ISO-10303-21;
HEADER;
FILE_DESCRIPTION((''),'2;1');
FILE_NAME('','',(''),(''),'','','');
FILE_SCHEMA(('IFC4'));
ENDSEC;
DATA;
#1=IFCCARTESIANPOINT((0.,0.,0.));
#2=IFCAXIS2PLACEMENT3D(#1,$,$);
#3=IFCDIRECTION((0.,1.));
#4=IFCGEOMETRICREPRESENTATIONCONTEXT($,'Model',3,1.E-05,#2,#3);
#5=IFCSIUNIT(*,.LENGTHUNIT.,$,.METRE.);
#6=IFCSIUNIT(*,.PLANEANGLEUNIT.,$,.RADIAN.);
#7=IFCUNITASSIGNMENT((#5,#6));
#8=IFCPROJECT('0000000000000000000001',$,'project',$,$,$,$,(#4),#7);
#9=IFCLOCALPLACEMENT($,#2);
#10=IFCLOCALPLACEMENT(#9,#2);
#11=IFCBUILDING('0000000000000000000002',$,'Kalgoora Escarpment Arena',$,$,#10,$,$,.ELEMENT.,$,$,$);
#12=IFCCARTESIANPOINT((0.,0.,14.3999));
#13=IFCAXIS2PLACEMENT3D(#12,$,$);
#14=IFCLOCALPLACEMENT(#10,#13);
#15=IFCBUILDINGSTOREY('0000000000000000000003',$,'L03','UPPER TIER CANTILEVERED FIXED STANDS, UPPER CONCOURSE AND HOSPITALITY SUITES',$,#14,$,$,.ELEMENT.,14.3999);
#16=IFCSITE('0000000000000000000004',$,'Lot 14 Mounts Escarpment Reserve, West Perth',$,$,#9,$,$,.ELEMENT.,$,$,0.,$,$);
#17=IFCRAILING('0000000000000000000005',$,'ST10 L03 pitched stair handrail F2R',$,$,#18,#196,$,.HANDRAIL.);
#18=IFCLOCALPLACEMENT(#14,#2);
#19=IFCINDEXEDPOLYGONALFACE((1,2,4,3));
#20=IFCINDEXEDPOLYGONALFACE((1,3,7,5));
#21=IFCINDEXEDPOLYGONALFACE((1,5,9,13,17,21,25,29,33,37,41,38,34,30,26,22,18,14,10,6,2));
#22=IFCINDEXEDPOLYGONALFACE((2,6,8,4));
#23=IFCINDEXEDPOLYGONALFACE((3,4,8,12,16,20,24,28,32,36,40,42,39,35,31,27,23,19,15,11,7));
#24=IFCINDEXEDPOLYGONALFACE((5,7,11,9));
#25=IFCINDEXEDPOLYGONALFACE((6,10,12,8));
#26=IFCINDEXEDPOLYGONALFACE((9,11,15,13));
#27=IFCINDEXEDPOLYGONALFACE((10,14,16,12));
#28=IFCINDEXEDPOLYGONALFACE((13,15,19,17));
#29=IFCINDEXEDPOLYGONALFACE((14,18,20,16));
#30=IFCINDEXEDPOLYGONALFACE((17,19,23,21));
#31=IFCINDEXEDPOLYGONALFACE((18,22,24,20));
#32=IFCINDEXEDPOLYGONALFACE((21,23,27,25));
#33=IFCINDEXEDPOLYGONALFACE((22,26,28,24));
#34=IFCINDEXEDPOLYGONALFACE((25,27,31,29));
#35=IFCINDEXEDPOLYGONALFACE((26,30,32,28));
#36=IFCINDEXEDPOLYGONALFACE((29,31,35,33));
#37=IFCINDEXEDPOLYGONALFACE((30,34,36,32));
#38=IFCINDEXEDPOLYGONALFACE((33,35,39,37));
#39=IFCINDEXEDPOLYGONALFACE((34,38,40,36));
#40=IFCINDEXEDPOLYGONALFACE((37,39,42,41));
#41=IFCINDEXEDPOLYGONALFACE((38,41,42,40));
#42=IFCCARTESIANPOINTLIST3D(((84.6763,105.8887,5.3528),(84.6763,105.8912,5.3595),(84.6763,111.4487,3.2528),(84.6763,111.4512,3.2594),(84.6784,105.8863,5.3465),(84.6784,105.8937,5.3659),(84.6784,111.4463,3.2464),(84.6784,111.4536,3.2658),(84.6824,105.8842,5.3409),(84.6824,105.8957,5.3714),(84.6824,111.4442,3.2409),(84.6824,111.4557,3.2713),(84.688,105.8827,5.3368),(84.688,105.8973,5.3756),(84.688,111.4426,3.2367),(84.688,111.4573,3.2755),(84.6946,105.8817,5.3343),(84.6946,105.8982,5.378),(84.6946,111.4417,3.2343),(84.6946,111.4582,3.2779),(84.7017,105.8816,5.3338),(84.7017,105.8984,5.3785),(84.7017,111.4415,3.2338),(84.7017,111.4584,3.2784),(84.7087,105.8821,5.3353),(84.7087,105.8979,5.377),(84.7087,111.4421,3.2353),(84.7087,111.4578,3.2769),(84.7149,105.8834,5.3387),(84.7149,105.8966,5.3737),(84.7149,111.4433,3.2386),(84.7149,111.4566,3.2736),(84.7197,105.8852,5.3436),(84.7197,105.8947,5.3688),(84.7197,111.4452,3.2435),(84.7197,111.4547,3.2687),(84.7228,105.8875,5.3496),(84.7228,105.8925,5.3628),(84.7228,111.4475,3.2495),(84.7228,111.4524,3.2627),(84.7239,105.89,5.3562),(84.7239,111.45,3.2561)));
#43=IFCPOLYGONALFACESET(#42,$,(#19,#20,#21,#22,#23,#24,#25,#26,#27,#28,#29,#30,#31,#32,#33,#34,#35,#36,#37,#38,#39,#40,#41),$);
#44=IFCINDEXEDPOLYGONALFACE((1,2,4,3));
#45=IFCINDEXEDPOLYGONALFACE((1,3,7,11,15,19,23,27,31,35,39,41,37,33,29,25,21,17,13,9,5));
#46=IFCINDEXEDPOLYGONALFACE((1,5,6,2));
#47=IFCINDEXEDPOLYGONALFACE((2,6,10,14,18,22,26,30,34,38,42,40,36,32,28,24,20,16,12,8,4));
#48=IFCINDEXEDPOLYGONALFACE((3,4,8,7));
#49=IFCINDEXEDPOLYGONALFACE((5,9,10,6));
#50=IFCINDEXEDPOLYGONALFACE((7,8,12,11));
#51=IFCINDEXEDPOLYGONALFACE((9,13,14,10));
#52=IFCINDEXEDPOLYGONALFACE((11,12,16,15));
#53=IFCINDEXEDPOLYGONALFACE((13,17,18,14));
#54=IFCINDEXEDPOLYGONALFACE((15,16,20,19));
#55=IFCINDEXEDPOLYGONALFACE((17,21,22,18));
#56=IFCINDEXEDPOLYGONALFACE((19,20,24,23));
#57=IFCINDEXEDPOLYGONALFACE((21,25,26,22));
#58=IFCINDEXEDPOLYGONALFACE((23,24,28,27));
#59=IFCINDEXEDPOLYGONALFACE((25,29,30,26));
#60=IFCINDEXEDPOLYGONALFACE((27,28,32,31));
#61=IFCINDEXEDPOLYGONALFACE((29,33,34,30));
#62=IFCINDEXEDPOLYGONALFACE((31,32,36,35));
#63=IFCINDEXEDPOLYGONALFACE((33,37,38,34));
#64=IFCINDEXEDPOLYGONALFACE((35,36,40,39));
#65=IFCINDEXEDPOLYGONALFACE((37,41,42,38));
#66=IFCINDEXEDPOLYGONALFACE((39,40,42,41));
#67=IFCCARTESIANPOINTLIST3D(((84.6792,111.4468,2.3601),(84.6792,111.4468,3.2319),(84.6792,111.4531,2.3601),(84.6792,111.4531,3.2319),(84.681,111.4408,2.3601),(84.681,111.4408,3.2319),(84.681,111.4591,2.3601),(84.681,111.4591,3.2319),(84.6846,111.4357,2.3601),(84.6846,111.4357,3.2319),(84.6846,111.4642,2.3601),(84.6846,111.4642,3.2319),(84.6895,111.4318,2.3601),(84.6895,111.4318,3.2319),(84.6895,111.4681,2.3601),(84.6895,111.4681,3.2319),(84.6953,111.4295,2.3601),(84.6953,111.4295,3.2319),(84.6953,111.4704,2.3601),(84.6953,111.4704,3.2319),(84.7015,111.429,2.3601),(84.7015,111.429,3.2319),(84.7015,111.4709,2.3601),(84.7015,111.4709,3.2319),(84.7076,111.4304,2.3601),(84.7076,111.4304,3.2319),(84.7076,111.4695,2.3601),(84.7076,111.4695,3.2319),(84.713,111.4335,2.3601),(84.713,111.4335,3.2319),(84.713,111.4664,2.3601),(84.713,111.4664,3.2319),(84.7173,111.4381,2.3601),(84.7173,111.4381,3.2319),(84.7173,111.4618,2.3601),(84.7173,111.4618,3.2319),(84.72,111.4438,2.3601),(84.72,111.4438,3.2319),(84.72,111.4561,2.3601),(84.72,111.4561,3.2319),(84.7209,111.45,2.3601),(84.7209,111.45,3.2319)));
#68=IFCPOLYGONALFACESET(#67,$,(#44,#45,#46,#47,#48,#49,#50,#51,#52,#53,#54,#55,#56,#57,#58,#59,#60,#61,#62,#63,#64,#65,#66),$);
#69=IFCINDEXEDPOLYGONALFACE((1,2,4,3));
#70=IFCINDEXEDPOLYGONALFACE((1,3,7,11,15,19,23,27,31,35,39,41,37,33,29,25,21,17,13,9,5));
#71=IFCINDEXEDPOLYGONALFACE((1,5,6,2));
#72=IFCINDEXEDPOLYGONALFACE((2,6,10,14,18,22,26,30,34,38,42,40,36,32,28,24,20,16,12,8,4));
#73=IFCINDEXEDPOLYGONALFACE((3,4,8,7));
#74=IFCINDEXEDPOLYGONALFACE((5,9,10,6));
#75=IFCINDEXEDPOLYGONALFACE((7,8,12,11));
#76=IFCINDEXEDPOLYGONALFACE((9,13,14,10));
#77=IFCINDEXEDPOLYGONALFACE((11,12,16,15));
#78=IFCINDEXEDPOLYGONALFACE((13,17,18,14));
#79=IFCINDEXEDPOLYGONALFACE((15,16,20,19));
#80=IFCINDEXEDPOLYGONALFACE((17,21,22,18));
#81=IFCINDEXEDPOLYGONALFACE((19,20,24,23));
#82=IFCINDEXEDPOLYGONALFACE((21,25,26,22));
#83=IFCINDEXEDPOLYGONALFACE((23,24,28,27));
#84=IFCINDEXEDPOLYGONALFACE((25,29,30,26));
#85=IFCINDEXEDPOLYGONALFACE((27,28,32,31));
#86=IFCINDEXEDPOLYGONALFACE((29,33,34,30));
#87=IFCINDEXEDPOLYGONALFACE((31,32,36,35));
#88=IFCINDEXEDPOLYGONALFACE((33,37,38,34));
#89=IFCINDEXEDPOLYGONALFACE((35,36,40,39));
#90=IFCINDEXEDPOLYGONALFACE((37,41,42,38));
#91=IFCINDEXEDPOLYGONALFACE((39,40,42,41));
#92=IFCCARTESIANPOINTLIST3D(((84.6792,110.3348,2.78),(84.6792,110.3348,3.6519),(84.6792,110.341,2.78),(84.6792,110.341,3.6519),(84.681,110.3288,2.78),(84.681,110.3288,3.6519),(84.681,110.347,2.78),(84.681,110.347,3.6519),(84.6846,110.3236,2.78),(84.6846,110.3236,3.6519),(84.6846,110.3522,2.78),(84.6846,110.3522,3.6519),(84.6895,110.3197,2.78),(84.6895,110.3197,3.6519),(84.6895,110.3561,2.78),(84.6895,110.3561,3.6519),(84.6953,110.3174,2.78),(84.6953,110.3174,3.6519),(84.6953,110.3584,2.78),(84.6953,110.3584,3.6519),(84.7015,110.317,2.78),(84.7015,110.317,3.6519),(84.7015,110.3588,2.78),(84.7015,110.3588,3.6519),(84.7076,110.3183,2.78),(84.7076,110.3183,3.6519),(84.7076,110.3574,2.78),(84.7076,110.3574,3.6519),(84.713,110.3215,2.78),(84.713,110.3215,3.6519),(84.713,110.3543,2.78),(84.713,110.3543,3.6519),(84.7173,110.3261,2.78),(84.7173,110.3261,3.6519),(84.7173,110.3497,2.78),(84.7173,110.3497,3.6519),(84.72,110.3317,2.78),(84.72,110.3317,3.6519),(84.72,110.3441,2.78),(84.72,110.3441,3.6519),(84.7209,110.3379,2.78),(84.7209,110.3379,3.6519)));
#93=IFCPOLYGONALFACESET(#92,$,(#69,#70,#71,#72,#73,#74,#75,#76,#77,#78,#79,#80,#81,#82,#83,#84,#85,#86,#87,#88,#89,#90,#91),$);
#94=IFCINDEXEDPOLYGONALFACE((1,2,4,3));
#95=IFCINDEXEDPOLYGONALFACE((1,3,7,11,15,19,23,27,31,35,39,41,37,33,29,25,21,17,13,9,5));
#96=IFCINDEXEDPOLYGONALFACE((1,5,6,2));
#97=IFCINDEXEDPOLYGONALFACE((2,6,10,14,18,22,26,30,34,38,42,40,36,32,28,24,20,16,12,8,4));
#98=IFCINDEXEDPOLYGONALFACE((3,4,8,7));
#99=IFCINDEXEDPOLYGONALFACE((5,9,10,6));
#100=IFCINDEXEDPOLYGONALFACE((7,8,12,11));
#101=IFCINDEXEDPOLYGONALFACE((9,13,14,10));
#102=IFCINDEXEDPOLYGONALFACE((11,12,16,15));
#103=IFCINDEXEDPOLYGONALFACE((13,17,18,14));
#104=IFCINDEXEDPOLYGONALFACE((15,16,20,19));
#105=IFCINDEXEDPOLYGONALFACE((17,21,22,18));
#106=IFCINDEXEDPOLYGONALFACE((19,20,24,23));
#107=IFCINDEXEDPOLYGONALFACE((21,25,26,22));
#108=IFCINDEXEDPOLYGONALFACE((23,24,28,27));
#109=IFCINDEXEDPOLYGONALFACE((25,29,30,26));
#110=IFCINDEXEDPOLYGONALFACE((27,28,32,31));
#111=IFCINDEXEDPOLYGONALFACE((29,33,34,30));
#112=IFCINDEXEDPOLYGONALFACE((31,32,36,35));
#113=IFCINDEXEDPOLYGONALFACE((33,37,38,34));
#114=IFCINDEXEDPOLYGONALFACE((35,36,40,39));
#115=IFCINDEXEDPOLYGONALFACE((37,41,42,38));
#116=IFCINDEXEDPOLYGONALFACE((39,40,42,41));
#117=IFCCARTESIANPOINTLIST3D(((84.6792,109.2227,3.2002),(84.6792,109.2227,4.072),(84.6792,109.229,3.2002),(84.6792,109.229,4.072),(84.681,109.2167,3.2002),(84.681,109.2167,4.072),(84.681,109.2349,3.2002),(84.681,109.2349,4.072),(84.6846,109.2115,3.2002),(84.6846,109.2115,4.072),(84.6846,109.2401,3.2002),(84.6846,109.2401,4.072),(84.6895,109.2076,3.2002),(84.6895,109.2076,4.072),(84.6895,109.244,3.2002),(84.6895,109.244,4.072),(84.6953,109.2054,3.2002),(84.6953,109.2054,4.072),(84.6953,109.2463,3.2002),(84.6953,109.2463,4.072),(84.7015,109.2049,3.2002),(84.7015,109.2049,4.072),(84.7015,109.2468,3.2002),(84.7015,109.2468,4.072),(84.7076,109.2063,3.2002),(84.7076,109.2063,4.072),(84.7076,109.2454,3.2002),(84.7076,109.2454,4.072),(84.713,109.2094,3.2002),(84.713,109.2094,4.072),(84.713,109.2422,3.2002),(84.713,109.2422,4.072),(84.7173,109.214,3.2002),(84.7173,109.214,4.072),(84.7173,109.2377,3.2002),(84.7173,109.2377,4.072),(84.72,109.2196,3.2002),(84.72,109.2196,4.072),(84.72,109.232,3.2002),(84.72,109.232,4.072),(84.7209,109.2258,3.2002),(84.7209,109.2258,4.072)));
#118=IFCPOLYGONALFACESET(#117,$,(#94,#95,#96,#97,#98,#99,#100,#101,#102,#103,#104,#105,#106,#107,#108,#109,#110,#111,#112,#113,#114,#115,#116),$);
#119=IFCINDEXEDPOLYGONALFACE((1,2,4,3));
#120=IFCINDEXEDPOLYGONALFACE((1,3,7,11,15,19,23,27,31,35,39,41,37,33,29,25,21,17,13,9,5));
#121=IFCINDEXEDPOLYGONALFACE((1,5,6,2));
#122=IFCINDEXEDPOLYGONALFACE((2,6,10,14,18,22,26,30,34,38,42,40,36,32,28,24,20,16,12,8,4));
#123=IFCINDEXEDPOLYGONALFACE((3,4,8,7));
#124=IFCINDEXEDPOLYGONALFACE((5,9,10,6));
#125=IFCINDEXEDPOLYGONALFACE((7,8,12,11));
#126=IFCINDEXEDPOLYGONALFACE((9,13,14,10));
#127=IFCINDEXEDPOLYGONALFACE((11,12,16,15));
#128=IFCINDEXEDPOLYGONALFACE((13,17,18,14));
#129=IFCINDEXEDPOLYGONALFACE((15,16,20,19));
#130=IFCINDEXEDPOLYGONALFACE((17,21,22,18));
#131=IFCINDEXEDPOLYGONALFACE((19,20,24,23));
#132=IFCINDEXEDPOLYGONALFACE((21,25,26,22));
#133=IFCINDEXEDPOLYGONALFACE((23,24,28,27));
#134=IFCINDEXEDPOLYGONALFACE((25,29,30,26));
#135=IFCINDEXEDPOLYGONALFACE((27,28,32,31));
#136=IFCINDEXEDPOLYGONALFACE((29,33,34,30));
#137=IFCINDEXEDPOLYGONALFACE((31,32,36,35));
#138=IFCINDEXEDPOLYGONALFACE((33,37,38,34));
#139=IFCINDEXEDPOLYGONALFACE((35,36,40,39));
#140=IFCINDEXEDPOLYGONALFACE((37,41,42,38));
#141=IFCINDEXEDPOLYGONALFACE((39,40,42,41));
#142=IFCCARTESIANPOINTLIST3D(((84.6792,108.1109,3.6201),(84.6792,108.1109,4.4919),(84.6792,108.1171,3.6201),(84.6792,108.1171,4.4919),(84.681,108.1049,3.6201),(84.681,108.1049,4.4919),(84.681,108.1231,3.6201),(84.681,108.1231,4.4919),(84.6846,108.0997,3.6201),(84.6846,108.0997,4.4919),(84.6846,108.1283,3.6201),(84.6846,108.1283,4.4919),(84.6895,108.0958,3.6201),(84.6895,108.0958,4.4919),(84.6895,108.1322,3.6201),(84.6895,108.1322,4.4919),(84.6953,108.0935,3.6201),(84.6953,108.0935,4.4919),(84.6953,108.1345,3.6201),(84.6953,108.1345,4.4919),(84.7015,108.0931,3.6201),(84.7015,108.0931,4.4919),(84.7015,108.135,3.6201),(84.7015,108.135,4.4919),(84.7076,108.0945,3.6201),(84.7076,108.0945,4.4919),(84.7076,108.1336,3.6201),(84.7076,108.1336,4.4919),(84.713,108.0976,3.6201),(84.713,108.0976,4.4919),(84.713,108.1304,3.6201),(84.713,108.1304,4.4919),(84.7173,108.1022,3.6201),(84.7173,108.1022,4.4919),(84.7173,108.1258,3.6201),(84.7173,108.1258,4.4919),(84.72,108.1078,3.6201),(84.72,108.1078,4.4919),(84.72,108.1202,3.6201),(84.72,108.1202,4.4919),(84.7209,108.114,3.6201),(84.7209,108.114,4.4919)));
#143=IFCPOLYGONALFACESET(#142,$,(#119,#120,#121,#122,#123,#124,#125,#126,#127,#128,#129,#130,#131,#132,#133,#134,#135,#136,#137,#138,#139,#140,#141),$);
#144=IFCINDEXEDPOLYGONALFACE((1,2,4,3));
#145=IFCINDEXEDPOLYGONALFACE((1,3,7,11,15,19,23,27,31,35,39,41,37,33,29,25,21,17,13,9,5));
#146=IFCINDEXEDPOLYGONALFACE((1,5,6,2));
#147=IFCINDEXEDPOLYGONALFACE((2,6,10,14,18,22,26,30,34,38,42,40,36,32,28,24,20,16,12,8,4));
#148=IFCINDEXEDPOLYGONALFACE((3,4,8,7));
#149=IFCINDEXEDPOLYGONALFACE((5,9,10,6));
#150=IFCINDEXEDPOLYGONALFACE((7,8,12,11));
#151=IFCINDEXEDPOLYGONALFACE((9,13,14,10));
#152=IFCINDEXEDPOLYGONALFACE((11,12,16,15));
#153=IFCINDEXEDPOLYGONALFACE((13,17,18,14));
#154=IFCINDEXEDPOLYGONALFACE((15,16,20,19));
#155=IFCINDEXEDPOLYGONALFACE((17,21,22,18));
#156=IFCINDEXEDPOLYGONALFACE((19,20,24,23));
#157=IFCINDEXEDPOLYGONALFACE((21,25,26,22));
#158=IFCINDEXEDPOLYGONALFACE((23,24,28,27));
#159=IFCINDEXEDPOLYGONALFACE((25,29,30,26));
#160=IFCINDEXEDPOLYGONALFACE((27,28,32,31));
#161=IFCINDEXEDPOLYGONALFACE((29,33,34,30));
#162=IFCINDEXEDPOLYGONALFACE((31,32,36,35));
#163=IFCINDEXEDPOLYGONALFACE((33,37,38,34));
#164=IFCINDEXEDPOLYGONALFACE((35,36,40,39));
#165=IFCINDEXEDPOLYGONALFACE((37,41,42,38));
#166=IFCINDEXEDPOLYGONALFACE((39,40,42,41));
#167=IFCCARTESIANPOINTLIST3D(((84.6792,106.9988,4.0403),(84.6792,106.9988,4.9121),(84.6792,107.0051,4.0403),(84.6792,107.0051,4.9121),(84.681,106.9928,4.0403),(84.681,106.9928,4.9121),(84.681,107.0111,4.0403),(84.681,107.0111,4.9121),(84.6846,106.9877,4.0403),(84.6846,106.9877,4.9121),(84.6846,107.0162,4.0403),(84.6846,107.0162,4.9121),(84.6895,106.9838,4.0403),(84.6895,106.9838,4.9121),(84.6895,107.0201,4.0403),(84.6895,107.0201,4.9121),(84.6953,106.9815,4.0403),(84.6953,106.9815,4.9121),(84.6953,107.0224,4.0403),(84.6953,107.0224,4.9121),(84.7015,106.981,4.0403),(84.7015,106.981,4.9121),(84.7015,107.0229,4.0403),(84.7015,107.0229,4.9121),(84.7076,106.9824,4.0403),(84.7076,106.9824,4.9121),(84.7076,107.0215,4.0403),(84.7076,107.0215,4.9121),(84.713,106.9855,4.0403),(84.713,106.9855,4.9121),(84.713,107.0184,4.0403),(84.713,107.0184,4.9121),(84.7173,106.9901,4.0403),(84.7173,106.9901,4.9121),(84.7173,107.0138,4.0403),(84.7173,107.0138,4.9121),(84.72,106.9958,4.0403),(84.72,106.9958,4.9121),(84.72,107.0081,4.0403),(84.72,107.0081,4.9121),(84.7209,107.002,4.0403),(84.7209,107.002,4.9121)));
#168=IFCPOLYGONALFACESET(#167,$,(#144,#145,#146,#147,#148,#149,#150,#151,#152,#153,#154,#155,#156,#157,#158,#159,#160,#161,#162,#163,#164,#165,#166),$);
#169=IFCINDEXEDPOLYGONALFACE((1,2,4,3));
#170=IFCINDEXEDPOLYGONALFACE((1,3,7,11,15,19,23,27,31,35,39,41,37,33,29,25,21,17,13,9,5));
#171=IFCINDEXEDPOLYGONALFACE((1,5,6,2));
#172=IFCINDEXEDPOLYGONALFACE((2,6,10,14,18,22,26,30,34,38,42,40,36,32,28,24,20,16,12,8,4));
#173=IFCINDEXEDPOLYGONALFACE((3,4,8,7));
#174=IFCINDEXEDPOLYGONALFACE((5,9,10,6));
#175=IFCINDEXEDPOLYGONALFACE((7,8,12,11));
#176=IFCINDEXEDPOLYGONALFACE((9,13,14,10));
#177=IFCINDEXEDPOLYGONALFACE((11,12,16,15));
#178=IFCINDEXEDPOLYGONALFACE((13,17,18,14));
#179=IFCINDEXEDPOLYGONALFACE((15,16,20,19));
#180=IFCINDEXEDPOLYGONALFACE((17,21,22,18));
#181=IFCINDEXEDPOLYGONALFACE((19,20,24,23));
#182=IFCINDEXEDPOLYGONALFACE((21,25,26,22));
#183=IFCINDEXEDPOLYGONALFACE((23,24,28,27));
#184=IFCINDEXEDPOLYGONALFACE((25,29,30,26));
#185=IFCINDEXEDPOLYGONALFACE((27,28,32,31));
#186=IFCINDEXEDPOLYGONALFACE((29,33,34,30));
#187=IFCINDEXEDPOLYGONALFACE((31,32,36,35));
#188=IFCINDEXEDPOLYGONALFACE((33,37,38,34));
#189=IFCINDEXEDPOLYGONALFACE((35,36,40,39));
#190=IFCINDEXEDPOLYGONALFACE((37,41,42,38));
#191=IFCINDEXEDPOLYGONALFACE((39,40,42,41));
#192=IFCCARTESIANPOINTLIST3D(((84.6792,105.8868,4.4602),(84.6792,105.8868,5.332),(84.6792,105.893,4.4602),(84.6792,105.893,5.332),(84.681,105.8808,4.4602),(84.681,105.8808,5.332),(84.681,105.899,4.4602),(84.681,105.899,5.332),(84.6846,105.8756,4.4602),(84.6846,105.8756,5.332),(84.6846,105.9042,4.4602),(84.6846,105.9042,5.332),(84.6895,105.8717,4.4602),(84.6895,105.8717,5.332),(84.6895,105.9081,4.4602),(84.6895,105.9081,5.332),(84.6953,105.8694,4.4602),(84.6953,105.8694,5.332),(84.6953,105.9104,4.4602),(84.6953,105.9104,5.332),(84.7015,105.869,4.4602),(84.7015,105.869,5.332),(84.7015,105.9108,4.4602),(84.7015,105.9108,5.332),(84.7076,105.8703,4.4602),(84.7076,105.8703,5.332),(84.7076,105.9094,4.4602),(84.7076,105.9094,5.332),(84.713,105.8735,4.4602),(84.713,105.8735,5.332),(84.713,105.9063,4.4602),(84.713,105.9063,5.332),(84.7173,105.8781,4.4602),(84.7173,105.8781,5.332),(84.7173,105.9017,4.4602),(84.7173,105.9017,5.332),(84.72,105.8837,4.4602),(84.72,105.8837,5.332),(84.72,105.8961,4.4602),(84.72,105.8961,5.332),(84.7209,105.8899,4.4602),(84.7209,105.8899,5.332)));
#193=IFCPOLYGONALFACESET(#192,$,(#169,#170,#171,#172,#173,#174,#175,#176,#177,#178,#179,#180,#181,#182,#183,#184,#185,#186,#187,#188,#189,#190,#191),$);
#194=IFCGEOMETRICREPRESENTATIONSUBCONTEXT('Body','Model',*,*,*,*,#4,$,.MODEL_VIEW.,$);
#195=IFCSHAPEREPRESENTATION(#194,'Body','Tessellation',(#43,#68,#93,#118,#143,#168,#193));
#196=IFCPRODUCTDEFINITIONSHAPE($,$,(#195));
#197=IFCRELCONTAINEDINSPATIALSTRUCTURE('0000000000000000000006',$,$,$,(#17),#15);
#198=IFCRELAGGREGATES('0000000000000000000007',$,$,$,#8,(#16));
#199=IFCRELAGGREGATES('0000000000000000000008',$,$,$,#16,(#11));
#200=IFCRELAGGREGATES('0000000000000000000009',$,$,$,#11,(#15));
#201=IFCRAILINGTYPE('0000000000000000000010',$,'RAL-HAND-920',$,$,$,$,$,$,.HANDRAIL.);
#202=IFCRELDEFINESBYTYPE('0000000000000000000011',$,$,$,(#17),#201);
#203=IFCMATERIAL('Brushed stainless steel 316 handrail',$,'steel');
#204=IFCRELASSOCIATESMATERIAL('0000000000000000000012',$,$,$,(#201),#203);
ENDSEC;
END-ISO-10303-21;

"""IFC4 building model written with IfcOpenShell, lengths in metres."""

from ifc_helpers import new_model, si_unit, direction, frame, origin, origin_2d, place, context, subcontext, project, spatial, circle, extrude, material, type_object, element, save


model = new_model("IFC4")

# Units and contexts
model_context = context("Model", 3, precision=1e-05, world=origin(), true_north=direction((0.0, 1.0)))
body_context = subcontext(model_context, "Body", "Model", "MODEL_VIEW")
ifc_project = project(units=[si_unit("LENGTHUNIT", "METRE"), si_unit("PLANEANGLEUNIT", "RADIAN")], contexts=[model_context])

# Site, building, storey
site_placement = place(None, origin())
site = spatial("IfcSite", under=ifc_project, at=site_placement, Name="Lot 14 Mounts Escarpment Reserve, West Perth", CompositionType="ELEMENT", RefElevation=0.0)
building_placement = place(site_placement, origin())
building = spatial("IfcBuilding", under=site, at=building_placement, Name="Kalgoora Escarpment Arena", CompositionType="ELEMENT")
storey_placement = place(building_placement, frame((0.0, 0.0, 14.3999)))
storey = spatial("IfcBuildingStorey", under=building, at=storey_placement, Name="L03", Description="UPPER TIER CANTILEVERED FIXED STANDS, UPPER CONCOURSE AND HOSPITALITY SUITES", CompositionType="ELEMENT", Elevation=14.3999)

# Railing
ifc_material_1 = material(Name="Brushed stainless steel 316 handrail", Category="steel")
railing_type_1 = type_object("IfcRailingType", Name="RAL-HAND-920", PredefinedType="HANDRAIL", material=ifc_material_1)
for number, where, name in (
    (1, (84.7, 111.45, 2.3601), "ST10 L03 pitched stair handrail F2R"),
):
    element("IfcRailing", number, at=place(storey_placement, frame(where)), inside=storey, type_object=railing_type_1, Name=name, PredefinedType="HANDRAIL", context=body_context, shape_type="SweptSolid", body=[
        extrude(circle(Radius=0.0239, at=origin_2d()), frame((0.0, 0.0, 0.896), z_axis=(0.0, -0.935493, 0.353346), x_axis=(1.0, 0.0, 0.0)), (0.0, 0.0, 1.0), 5.9434),
        extrude(circle(Radius=0.021, at=origin_2d()), origin(), (0.0, 0.0, 1.0), 0.8718),
        extrude(circle(Radius=0.021, at=origin_2d()), frame((0.0, -1.1121, 0.4199)), (0.0, 0.0, 1.0), 0.8718),
        extrude(circle(Radius=0.021, at=origin_2d()), frame((0.0, -2.2241, 0.8401)), (0.0, 0.0, 1.0), 0.8718),
        extrude(circle(Radius=0.021, at=origin_2d()), frame((0.0, -3.3359, 1.26)), (0.0, 0.0, 1.0), 0.8718),
        extrude(circle(Radius=0.021, at=origin_2d()), frame((0.0, -4.448, 1.6802)), (0.0, 0.0, 1.0), 0.8718),
        extrude(circle(Radius=0.021, at=origin_2d()), frame((0.0, -5.5601, 2.1001)), (0.0, 0.0, 1.0), 0.8718),
    ])

save(model, "model.ifc")
